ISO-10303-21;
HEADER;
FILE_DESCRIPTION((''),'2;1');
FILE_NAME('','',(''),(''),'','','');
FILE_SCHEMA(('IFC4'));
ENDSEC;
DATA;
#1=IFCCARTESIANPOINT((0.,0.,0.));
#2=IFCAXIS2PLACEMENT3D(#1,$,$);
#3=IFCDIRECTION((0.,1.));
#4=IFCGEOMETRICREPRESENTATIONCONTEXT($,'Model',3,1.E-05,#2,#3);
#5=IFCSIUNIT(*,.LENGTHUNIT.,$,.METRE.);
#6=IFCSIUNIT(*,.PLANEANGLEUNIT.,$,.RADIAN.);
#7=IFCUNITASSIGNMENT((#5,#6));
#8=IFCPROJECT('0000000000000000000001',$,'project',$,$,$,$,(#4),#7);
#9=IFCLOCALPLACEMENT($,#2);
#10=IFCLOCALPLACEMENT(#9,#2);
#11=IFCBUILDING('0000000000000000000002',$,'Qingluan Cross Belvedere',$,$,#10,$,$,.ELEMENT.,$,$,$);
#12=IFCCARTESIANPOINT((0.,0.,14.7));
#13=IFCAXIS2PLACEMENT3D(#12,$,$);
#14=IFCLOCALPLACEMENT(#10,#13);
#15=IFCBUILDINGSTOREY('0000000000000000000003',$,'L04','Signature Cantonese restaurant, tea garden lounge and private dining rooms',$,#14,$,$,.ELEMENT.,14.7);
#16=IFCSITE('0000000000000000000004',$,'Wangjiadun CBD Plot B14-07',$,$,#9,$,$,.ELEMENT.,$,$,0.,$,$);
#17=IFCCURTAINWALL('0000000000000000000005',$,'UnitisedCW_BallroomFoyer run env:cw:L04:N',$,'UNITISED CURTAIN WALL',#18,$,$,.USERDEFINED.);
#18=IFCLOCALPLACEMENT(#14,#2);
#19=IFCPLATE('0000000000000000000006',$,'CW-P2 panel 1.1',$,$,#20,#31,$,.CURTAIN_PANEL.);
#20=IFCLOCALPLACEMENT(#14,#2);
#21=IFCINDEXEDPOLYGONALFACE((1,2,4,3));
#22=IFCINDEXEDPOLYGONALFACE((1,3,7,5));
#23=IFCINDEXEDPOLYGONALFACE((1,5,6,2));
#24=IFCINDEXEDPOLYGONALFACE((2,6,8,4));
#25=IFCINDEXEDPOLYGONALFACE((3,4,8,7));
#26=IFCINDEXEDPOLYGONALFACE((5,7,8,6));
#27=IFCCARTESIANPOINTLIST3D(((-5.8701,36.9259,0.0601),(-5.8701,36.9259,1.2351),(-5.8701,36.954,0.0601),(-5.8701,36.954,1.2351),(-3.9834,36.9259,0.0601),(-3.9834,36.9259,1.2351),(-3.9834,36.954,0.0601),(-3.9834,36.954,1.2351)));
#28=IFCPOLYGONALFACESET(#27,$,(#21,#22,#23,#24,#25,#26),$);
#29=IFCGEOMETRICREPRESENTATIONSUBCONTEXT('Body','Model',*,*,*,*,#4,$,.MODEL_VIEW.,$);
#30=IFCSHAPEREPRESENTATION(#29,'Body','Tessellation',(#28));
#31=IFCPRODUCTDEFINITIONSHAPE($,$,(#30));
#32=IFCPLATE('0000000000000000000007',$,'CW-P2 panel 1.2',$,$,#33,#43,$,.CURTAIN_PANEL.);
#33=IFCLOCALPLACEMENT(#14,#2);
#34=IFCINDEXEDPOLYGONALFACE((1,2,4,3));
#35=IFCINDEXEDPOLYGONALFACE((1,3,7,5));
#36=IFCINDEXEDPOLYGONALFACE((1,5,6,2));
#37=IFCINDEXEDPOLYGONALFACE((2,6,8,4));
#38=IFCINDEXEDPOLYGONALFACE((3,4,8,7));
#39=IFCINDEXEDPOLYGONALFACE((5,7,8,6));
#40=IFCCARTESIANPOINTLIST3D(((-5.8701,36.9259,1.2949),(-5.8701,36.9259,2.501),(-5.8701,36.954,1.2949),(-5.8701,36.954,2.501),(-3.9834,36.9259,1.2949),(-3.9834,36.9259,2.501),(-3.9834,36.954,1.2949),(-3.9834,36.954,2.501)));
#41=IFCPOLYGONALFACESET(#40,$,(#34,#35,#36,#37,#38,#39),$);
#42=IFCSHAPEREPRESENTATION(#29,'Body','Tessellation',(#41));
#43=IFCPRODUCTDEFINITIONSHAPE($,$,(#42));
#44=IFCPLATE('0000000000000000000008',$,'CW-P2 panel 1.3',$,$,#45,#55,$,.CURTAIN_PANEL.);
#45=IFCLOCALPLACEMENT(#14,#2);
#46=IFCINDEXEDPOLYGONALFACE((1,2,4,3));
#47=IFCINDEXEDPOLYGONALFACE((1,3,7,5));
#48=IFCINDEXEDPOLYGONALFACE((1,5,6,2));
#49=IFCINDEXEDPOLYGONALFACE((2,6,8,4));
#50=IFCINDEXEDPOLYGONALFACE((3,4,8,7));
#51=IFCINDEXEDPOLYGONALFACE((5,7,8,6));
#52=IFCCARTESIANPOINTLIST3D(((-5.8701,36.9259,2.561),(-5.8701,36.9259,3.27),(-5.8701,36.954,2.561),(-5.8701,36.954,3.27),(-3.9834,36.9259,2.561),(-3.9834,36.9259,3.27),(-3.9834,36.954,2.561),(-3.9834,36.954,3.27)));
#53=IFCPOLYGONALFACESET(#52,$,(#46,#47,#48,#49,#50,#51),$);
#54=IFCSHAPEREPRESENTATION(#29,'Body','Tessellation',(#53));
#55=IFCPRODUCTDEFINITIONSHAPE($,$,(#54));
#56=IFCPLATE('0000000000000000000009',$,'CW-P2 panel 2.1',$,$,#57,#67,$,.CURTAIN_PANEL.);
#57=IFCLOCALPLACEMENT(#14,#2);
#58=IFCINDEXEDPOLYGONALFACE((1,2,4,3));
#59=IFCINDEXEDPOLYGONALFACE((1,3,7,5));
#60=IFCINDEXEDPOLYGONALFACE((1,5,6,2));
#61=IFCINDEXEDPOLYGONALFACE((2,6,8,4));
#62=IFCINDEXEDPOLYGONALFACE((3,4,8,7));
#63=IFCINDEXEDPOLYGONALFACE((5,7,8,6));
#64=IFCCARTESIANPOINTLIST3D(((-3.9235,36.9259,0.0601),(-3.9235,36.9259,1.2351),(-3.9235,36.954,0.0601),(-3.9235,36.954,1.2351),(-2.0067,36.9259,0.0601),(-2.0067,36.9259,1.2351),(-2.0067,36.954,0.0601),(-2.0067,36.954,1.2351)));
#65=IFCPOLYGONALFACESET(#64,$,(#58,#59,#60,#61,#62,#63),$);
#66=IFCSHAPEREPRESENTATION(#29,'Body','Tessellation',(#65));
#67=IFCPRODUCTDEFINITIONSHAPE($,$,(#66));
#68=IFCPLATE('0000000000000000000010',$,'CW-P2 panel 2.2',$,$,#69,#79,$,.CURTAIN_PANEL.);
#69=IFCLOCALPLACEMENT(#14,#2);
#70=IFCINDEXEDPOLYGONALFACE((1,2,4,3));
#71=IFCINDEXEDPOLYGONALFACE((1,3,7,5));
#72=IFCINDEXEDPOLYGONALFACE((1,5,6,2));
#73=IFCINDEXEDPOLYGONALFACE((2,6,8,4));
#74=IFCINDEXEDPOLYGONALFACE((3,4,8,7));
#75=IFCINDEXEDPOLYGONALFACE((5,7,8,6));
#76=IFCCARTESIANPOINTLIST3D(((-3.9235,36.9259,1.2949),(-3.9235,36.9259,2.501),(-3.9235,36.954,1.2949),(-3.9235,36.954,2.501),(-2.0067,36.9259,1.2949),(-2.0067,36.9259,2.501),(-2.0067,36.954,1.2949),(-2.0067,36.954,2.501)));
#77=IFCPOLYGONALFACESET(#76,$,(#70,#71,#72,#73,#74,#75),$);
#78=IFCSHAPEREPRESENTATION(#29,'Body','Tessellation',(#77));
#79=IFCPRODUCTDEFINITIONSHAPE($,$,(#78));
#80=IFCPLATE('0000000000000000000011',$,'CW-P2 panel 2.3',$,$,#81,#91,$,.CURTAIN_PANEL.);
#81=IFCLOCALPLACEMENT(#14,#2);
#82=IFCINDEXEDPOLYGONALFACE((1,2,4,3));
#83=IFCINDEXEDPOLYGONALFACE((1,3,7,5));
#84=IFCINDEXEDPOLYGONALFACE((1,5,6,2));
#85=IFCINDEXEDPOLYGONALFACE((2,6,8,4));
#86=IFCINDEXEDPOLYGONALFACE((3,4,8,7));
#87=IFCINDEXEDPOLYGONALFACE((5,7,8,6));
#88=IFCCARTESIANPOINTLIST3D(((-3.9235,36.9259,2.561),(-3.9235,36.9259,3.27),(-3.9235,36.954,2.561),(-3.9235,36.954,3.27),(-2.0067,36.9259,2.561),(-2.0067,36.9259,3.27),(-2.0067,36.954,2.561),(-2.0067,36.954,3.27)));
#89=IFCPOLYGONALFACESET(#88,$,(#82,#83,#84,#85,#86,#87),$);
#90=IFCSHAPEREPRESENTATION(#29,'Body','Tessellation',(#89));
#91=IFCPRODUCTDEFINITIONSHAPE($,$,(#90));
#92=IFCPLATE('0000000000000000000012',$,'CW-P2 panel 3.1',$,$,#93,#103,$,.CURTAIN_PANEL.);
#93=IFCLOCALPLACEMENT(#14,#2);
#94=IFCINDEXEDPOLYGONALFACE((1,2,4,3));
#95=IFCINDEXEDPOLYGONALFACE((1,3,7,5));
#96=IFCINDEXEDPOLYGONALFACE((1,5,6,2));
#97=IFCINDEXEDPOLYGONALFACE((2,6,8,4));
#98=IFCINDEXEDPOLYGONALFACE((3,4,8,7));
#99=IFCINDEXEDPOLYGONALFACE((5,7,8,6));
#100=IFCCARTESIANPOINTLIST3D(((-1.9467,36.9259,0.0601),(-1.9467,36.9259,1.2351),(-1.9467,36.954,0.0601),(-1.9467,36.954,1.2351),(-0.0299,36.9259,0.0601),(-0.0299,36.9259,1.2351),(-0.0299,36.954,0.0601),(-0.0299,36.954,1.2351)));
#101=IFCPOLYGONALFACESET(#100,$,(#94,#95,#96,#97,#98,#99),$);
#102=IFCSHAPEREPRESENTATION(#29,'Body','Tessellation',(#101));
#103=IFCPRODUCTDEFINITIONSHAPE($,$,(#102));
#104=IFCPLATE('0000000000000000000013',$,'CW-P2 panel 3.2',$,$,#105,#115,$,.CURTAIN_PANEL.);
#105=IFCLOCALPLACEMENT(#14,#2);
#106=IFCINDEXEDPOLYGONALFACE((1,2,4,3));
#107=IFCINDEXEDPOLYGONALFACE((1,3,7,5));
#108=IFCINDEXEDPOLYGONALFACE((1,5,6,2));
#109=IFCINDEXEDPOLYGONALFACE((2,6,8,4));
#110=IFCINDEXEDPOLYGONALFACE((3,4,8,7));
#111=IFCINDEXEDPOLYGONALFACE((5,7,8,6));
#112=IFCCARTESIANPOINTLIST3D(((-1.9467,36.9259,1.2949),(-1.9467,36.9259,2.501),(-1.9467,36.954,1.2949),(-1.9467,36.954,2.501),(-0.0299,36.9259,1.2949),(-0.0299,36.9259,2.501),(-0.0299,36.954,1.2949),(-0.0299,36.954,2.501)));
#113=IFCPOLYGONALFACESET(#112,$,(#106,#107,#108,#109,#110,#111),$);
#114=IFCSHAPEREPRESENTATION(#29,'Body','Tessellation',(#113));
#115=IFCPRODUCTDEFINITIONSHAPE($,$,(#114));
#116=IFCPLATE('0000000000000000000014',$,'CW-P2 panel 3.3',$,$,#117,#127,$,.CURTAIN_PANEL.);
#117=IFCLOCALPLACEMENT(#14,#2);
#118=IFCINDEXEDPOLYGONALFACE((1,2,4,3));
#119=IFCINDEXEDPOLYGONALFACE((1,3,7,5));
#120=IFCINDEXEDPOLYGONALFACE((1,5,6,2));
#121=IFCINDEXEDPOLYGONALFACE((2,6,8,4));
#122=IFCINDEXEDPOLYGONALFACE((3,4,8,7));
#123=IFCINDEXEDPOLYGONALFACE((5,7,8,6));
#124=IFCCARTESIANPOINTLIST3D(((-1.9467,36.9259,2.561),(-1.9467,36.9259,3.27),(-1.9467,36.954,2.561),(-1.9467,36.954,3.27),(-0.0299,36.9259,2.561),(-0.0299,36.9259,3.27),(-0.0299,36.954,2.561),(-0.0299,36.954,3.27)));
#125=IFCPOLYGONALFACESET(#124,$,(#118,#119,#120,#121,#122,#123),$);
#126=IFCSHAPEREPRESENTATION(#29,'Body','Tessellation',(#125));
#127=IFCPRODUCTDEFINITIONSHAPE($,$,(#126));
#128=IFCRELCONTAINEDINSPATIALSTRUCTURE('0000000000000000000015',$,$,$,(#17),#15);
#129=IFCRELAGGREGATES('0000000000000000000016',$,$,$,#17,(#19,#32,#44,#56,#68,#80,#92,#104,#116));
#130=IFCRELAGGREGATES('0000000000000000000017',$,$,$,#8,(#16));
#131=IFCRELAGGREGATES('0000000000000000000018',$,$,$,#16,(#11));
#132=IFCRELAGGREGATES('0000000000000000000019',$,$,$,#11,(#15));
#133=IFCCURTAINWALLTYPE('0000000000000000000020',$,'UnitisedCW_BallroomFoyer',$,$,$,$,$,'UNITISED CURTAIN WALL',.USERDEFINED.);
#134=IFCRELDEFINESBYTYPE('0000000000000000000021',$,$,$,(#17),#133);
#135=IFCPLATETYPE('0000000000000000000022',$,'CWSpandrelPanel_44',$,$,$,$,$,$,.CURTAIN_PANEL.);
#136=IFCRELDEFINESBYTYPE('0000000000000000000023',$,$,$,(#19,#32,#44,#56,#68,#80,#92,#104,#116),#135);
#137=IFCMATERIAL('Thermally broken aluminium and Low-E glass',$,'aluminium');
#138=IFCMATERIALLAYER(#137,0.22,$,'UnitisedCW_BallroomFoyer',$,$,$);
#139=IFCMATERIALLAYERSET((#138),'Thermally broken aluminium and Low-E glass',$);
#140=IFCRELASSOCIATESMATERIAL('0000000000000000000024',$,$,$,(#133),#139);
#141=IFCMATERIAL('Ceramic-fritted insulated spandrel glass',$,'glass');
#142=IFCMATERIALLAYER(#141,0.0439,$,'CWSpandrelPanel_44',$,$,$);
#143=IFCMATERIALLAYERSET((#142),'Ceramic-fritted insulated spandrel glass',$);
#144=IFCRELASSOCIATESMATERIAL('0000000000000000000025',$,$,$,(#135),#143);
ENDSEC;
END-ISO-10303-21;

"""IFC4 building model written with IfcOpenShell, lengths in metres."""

from ifc_helpers import new_model, si_unit, direction, frame, origin, origin_2d, place, context, subcontext, project, spatial, rectangle, extrude, material, layer, layer_set, type_object, element, aggregate, save


model = new_model("IFC4")

# Units and contexts
model_context = context("Model", 3, precision=1e-05, world=origin(), true_north=direction((0.0, 1.0)))
body_context = subcontext(model_context, "Body", "Model", "MODEL_VIEW")
ifc_project = project(units=[si_unit("LENGTHUNIT", "METRE"), si_unit("PLANEANGLEUNIT", "RADIAN")], contexts=[model_context])

# Site, building, storey
site_placement = place(None, origin())
site = spatial("IfcSite", under=ifc_project, at=site_placement, Name="Wangjiadun CBD Plot B14-07", CompositionType="ELEMENT", RefElevation=0.0)
building_placement = place(site_placement, origin())
building = spatial("IfcBuilding", under=site, at=building_placement, Name="Qingluan Cross Belvedere", CompositionType="ELEMENT")
storey_placement = place(building_placement, frame((0.0, 0.0, 14.7)))
storey = spatial("IfcBuildingStorey", under=building, at=storey_placement, Name="L04", Description="Signature Cantonese restaurant, tea garden lounge and private dining rooms", CompositionType="ELEMENT", Elevation=14.7)

# Curtain wall
ifc_material_1 = material(Name="Thermally broken aluminium and Low-E glass", Category="aluminium")
ifc_layer_1 = layer(ifc_material_1, 0.22, Name="UnitisedCW_BallroomFoyer")
ifc_layer_set_1 = layer_set([ifc_layer_1], Name="Thermally broken aluminium and Low-E glass")
curtain_wall_type = type_object("IfcCurtainWallType", Name="UnitisedCW_BallroomFoyer", ElementType="UNITISED CURTAIN WALL", PredefinedType="USERDEFINED", material=ifc_layer_set_1)
curtain_wall_placement = place(storey_placement, origin())
curtain_wall = element("IfcCurtainWall", 1, at=curtain_wall_placement, inside=storey, type_object=curtain_wall_type, Name="UnitisedCW_BallroomFoyer run env:cw:L04:N", ObjectType="UNITISED CURTAIN WALL", PredefinedType="USERDEFINED")

# Plates
ifc_material_2 = material(Name="Ceramic-fritted insulated spandrel glass", Category="glass")
ifc_layer_2 = layer(ifc_material_2, 0.0439, Name="CWSpandrelPanel_44")
ifc_layer_set_2 = layer_set([ifc_layer_2], Name="Ceramic-fritted insulated spandrel glass")
plate_type = type_object("IfcPlateType", Name="CWSpandrelPanel_44", PredefinedType="CURTAIN_PANEL", material=ifc_layer_set_2)
plate_1_placement = place(storey_placement, frame((-4.9268, 36.9399, 0.0601), z_axis=(0.0, 0.0, 1.0), x_axis=(1.0, 0.0, 0.0)))
plate_1 = element("IfcPlate", 2, at=plate_1_placement, type_object=plate_type, Name="CW-P2 panel 1.1", PredefinedType="CURTAIN_PANEL", context=body_context, shape_type="SweptSolid", body=[
    extrude(rectangle(XDim=1.8867, YDim=0.0281, at=origin_2d()), origin(), (0.0, 0.0, 1.0), 1.175),
])
plate_2_placement = place(storey_placement, frame((-4.9268, 36.9399, 1.2949), z_axis=(0.0, 0.0, 1.0), x_axis=(1.0, 0.0, 0.0)))
plate_2 = element("IfcPlate", 3, at=plate_2_placement, type_object=plate_type, Name="CW-P2 panel 1.2", PredefinedType="CURTAIN_PANEL", context=body_context, shape_type="SweptSolid", body=[
    extrude(rectangle(XDim=1.8867, YDim=0.0281, at=origin_2d()), origin(), (0.0, 0.0, 1.0), 1.2061),
])
plate_3_placement = place(storey_placement, frame((-4.9268, 36.9399, 2.561), z_axis=(0.0, 0.0, 1.0), x_axis=(1.0, 0.0, 0.0)))
plate_3 = element("IfcPlate", 4, at=plate_3_placement, type_object=plate_type, Name="CW-P2 panel 1.3", PredefinedType="CURTAIN_PANEL", context=body_context, shape_type="SweptSolid", body=[
    extrude(rectangle(XDim=1.8867, YDim=0.0281, at=origin_2d()), origin(), (0.0, 0.0, 1.0), 0.709),
])
plate_4_placement = place(storey_placement, frame((-2.9651, 36.9399, 0.0601), z_axis=(0.0, 0.0, 1.0), x_axis=(1.0, 0.0, 0.0)))
plate_4 = element("IfcPlate", 5, at=plate_4_placement, type_object=plate_type, Name="CW-P2 panel 2.1", PredefinedType="CURTAIN_PANEL", context=body_context, shape_type="SweptSolid", body=[
    extrude(rectangle(XDim=1.9167, YDim=0.0281, at=origin_2d()), origin(), (0.0, 0.0, 1.0), 1.175),
])
plate_5_placement = place(storey_placement, frame((-2.9651, 36.9399, 1.2949), z_axis=(0.0, 0.0, 1.0), x_axis=(1.0, 0.0, 0.0)))
plate_5 = element("IfcPlate", 6, at=plate_5_placement, type_object=plate_type, Name="CW-P2 panel 2.2", PredefinedType="CURTAIN_PANEL", context=body_context, shape_type="SweptSolid", body=[
    extrude(rectangle(XDim=1.9167, YDim=0.0281, at=origin_2d()), origin(), (0.0, 0.0, 1.0), 1.2061),
])
plate_6_placement = place(storey_placement, frame((-2.9651, 36.9399, 2.561), z_axis=(0.0, 0.0, 1.0), x_axis=(1.0, 0.0, 0.0)))
plate_6 = element("IfcPlate", 7, at=plate_6_placement, type_object=plate_type, Name="CW-P2 panel 2.3", PredefinedType="CURTAIN_PANEL", context=body_context, shape_type="SweptSolid", body=[
    extrude(rectangle(XDim=1.9167, YDim=0.0281, at=origin_2d()), origin(), (0.0, 0.0, 1.0), 0.709),
])
plate_7_placement = place(storey_placement, frame((-0.9883, 36.9399, 0.0601), z_axis=(0.0, 0.0, 1.0), x_axis=(1.0, 0.0, 0.0)))
plate_7 = element("IfcPlate", 8, at=plate_7_placement, type_object=plate_type, Name="CW-P2 panel 3.1", PredefinedType="CURTAIN_PANEL", context=body_context, shape_type="SweptSolid", body=[
    extrude(rectangle(XDim=1.9167, YDim=0.0281, at=origin_2d()), origin(), (0.0, 0.0, 1.0), 1.175),
])
plate_8_placement = place(storey_placement, frame((-0.9883, 36.9399, 1.2949), z_axis=(0.0, 0.0, 1.0), x_axis=(1.0, 0.0, 0.0)))
plate_8 = element("IfcPlate", 9, at=plate_8_placement, type_object=plate_type, Name="CW-P2 panel 3.2", PredefinedType="CURTAIN_PANEL", context=body_context, shape_type="SweptSolid", body=[
    extrude(rectangle(XDim=1.9167, YDim=0.0281, at=origin_2d()), origin(), (0.0, 0.0, 1.0), 1.2061),
])
plate_9_placement = place(storey_placement, frame((-0.9883, 36.9399, 2.561), z_axis=(0.0, 0.0, 1.0), x_axis=(1.0, 0.0, 0.0)))
plate_9 = element("IfcPlate", 10, at=plate_9_placement, type_object=plate_type, Name="CW-P2 panel 3.3", PredefinedType="CURTAIN_PANEL", context=body_context, shape_type="SweptSolid", body=[
    extrude(rectangle(XDim=1.9167, YDim=0.0281, at=origin_2d()), origin(), (0.0, 0.0, 1.0), 0.709),
])
aggregate(curtain_wall, [plate_1, plate_2, plate_3, plate_4, plate_5, plate_6, plate_7, plate_8, plate_9])

save(model, "model.ifc")
